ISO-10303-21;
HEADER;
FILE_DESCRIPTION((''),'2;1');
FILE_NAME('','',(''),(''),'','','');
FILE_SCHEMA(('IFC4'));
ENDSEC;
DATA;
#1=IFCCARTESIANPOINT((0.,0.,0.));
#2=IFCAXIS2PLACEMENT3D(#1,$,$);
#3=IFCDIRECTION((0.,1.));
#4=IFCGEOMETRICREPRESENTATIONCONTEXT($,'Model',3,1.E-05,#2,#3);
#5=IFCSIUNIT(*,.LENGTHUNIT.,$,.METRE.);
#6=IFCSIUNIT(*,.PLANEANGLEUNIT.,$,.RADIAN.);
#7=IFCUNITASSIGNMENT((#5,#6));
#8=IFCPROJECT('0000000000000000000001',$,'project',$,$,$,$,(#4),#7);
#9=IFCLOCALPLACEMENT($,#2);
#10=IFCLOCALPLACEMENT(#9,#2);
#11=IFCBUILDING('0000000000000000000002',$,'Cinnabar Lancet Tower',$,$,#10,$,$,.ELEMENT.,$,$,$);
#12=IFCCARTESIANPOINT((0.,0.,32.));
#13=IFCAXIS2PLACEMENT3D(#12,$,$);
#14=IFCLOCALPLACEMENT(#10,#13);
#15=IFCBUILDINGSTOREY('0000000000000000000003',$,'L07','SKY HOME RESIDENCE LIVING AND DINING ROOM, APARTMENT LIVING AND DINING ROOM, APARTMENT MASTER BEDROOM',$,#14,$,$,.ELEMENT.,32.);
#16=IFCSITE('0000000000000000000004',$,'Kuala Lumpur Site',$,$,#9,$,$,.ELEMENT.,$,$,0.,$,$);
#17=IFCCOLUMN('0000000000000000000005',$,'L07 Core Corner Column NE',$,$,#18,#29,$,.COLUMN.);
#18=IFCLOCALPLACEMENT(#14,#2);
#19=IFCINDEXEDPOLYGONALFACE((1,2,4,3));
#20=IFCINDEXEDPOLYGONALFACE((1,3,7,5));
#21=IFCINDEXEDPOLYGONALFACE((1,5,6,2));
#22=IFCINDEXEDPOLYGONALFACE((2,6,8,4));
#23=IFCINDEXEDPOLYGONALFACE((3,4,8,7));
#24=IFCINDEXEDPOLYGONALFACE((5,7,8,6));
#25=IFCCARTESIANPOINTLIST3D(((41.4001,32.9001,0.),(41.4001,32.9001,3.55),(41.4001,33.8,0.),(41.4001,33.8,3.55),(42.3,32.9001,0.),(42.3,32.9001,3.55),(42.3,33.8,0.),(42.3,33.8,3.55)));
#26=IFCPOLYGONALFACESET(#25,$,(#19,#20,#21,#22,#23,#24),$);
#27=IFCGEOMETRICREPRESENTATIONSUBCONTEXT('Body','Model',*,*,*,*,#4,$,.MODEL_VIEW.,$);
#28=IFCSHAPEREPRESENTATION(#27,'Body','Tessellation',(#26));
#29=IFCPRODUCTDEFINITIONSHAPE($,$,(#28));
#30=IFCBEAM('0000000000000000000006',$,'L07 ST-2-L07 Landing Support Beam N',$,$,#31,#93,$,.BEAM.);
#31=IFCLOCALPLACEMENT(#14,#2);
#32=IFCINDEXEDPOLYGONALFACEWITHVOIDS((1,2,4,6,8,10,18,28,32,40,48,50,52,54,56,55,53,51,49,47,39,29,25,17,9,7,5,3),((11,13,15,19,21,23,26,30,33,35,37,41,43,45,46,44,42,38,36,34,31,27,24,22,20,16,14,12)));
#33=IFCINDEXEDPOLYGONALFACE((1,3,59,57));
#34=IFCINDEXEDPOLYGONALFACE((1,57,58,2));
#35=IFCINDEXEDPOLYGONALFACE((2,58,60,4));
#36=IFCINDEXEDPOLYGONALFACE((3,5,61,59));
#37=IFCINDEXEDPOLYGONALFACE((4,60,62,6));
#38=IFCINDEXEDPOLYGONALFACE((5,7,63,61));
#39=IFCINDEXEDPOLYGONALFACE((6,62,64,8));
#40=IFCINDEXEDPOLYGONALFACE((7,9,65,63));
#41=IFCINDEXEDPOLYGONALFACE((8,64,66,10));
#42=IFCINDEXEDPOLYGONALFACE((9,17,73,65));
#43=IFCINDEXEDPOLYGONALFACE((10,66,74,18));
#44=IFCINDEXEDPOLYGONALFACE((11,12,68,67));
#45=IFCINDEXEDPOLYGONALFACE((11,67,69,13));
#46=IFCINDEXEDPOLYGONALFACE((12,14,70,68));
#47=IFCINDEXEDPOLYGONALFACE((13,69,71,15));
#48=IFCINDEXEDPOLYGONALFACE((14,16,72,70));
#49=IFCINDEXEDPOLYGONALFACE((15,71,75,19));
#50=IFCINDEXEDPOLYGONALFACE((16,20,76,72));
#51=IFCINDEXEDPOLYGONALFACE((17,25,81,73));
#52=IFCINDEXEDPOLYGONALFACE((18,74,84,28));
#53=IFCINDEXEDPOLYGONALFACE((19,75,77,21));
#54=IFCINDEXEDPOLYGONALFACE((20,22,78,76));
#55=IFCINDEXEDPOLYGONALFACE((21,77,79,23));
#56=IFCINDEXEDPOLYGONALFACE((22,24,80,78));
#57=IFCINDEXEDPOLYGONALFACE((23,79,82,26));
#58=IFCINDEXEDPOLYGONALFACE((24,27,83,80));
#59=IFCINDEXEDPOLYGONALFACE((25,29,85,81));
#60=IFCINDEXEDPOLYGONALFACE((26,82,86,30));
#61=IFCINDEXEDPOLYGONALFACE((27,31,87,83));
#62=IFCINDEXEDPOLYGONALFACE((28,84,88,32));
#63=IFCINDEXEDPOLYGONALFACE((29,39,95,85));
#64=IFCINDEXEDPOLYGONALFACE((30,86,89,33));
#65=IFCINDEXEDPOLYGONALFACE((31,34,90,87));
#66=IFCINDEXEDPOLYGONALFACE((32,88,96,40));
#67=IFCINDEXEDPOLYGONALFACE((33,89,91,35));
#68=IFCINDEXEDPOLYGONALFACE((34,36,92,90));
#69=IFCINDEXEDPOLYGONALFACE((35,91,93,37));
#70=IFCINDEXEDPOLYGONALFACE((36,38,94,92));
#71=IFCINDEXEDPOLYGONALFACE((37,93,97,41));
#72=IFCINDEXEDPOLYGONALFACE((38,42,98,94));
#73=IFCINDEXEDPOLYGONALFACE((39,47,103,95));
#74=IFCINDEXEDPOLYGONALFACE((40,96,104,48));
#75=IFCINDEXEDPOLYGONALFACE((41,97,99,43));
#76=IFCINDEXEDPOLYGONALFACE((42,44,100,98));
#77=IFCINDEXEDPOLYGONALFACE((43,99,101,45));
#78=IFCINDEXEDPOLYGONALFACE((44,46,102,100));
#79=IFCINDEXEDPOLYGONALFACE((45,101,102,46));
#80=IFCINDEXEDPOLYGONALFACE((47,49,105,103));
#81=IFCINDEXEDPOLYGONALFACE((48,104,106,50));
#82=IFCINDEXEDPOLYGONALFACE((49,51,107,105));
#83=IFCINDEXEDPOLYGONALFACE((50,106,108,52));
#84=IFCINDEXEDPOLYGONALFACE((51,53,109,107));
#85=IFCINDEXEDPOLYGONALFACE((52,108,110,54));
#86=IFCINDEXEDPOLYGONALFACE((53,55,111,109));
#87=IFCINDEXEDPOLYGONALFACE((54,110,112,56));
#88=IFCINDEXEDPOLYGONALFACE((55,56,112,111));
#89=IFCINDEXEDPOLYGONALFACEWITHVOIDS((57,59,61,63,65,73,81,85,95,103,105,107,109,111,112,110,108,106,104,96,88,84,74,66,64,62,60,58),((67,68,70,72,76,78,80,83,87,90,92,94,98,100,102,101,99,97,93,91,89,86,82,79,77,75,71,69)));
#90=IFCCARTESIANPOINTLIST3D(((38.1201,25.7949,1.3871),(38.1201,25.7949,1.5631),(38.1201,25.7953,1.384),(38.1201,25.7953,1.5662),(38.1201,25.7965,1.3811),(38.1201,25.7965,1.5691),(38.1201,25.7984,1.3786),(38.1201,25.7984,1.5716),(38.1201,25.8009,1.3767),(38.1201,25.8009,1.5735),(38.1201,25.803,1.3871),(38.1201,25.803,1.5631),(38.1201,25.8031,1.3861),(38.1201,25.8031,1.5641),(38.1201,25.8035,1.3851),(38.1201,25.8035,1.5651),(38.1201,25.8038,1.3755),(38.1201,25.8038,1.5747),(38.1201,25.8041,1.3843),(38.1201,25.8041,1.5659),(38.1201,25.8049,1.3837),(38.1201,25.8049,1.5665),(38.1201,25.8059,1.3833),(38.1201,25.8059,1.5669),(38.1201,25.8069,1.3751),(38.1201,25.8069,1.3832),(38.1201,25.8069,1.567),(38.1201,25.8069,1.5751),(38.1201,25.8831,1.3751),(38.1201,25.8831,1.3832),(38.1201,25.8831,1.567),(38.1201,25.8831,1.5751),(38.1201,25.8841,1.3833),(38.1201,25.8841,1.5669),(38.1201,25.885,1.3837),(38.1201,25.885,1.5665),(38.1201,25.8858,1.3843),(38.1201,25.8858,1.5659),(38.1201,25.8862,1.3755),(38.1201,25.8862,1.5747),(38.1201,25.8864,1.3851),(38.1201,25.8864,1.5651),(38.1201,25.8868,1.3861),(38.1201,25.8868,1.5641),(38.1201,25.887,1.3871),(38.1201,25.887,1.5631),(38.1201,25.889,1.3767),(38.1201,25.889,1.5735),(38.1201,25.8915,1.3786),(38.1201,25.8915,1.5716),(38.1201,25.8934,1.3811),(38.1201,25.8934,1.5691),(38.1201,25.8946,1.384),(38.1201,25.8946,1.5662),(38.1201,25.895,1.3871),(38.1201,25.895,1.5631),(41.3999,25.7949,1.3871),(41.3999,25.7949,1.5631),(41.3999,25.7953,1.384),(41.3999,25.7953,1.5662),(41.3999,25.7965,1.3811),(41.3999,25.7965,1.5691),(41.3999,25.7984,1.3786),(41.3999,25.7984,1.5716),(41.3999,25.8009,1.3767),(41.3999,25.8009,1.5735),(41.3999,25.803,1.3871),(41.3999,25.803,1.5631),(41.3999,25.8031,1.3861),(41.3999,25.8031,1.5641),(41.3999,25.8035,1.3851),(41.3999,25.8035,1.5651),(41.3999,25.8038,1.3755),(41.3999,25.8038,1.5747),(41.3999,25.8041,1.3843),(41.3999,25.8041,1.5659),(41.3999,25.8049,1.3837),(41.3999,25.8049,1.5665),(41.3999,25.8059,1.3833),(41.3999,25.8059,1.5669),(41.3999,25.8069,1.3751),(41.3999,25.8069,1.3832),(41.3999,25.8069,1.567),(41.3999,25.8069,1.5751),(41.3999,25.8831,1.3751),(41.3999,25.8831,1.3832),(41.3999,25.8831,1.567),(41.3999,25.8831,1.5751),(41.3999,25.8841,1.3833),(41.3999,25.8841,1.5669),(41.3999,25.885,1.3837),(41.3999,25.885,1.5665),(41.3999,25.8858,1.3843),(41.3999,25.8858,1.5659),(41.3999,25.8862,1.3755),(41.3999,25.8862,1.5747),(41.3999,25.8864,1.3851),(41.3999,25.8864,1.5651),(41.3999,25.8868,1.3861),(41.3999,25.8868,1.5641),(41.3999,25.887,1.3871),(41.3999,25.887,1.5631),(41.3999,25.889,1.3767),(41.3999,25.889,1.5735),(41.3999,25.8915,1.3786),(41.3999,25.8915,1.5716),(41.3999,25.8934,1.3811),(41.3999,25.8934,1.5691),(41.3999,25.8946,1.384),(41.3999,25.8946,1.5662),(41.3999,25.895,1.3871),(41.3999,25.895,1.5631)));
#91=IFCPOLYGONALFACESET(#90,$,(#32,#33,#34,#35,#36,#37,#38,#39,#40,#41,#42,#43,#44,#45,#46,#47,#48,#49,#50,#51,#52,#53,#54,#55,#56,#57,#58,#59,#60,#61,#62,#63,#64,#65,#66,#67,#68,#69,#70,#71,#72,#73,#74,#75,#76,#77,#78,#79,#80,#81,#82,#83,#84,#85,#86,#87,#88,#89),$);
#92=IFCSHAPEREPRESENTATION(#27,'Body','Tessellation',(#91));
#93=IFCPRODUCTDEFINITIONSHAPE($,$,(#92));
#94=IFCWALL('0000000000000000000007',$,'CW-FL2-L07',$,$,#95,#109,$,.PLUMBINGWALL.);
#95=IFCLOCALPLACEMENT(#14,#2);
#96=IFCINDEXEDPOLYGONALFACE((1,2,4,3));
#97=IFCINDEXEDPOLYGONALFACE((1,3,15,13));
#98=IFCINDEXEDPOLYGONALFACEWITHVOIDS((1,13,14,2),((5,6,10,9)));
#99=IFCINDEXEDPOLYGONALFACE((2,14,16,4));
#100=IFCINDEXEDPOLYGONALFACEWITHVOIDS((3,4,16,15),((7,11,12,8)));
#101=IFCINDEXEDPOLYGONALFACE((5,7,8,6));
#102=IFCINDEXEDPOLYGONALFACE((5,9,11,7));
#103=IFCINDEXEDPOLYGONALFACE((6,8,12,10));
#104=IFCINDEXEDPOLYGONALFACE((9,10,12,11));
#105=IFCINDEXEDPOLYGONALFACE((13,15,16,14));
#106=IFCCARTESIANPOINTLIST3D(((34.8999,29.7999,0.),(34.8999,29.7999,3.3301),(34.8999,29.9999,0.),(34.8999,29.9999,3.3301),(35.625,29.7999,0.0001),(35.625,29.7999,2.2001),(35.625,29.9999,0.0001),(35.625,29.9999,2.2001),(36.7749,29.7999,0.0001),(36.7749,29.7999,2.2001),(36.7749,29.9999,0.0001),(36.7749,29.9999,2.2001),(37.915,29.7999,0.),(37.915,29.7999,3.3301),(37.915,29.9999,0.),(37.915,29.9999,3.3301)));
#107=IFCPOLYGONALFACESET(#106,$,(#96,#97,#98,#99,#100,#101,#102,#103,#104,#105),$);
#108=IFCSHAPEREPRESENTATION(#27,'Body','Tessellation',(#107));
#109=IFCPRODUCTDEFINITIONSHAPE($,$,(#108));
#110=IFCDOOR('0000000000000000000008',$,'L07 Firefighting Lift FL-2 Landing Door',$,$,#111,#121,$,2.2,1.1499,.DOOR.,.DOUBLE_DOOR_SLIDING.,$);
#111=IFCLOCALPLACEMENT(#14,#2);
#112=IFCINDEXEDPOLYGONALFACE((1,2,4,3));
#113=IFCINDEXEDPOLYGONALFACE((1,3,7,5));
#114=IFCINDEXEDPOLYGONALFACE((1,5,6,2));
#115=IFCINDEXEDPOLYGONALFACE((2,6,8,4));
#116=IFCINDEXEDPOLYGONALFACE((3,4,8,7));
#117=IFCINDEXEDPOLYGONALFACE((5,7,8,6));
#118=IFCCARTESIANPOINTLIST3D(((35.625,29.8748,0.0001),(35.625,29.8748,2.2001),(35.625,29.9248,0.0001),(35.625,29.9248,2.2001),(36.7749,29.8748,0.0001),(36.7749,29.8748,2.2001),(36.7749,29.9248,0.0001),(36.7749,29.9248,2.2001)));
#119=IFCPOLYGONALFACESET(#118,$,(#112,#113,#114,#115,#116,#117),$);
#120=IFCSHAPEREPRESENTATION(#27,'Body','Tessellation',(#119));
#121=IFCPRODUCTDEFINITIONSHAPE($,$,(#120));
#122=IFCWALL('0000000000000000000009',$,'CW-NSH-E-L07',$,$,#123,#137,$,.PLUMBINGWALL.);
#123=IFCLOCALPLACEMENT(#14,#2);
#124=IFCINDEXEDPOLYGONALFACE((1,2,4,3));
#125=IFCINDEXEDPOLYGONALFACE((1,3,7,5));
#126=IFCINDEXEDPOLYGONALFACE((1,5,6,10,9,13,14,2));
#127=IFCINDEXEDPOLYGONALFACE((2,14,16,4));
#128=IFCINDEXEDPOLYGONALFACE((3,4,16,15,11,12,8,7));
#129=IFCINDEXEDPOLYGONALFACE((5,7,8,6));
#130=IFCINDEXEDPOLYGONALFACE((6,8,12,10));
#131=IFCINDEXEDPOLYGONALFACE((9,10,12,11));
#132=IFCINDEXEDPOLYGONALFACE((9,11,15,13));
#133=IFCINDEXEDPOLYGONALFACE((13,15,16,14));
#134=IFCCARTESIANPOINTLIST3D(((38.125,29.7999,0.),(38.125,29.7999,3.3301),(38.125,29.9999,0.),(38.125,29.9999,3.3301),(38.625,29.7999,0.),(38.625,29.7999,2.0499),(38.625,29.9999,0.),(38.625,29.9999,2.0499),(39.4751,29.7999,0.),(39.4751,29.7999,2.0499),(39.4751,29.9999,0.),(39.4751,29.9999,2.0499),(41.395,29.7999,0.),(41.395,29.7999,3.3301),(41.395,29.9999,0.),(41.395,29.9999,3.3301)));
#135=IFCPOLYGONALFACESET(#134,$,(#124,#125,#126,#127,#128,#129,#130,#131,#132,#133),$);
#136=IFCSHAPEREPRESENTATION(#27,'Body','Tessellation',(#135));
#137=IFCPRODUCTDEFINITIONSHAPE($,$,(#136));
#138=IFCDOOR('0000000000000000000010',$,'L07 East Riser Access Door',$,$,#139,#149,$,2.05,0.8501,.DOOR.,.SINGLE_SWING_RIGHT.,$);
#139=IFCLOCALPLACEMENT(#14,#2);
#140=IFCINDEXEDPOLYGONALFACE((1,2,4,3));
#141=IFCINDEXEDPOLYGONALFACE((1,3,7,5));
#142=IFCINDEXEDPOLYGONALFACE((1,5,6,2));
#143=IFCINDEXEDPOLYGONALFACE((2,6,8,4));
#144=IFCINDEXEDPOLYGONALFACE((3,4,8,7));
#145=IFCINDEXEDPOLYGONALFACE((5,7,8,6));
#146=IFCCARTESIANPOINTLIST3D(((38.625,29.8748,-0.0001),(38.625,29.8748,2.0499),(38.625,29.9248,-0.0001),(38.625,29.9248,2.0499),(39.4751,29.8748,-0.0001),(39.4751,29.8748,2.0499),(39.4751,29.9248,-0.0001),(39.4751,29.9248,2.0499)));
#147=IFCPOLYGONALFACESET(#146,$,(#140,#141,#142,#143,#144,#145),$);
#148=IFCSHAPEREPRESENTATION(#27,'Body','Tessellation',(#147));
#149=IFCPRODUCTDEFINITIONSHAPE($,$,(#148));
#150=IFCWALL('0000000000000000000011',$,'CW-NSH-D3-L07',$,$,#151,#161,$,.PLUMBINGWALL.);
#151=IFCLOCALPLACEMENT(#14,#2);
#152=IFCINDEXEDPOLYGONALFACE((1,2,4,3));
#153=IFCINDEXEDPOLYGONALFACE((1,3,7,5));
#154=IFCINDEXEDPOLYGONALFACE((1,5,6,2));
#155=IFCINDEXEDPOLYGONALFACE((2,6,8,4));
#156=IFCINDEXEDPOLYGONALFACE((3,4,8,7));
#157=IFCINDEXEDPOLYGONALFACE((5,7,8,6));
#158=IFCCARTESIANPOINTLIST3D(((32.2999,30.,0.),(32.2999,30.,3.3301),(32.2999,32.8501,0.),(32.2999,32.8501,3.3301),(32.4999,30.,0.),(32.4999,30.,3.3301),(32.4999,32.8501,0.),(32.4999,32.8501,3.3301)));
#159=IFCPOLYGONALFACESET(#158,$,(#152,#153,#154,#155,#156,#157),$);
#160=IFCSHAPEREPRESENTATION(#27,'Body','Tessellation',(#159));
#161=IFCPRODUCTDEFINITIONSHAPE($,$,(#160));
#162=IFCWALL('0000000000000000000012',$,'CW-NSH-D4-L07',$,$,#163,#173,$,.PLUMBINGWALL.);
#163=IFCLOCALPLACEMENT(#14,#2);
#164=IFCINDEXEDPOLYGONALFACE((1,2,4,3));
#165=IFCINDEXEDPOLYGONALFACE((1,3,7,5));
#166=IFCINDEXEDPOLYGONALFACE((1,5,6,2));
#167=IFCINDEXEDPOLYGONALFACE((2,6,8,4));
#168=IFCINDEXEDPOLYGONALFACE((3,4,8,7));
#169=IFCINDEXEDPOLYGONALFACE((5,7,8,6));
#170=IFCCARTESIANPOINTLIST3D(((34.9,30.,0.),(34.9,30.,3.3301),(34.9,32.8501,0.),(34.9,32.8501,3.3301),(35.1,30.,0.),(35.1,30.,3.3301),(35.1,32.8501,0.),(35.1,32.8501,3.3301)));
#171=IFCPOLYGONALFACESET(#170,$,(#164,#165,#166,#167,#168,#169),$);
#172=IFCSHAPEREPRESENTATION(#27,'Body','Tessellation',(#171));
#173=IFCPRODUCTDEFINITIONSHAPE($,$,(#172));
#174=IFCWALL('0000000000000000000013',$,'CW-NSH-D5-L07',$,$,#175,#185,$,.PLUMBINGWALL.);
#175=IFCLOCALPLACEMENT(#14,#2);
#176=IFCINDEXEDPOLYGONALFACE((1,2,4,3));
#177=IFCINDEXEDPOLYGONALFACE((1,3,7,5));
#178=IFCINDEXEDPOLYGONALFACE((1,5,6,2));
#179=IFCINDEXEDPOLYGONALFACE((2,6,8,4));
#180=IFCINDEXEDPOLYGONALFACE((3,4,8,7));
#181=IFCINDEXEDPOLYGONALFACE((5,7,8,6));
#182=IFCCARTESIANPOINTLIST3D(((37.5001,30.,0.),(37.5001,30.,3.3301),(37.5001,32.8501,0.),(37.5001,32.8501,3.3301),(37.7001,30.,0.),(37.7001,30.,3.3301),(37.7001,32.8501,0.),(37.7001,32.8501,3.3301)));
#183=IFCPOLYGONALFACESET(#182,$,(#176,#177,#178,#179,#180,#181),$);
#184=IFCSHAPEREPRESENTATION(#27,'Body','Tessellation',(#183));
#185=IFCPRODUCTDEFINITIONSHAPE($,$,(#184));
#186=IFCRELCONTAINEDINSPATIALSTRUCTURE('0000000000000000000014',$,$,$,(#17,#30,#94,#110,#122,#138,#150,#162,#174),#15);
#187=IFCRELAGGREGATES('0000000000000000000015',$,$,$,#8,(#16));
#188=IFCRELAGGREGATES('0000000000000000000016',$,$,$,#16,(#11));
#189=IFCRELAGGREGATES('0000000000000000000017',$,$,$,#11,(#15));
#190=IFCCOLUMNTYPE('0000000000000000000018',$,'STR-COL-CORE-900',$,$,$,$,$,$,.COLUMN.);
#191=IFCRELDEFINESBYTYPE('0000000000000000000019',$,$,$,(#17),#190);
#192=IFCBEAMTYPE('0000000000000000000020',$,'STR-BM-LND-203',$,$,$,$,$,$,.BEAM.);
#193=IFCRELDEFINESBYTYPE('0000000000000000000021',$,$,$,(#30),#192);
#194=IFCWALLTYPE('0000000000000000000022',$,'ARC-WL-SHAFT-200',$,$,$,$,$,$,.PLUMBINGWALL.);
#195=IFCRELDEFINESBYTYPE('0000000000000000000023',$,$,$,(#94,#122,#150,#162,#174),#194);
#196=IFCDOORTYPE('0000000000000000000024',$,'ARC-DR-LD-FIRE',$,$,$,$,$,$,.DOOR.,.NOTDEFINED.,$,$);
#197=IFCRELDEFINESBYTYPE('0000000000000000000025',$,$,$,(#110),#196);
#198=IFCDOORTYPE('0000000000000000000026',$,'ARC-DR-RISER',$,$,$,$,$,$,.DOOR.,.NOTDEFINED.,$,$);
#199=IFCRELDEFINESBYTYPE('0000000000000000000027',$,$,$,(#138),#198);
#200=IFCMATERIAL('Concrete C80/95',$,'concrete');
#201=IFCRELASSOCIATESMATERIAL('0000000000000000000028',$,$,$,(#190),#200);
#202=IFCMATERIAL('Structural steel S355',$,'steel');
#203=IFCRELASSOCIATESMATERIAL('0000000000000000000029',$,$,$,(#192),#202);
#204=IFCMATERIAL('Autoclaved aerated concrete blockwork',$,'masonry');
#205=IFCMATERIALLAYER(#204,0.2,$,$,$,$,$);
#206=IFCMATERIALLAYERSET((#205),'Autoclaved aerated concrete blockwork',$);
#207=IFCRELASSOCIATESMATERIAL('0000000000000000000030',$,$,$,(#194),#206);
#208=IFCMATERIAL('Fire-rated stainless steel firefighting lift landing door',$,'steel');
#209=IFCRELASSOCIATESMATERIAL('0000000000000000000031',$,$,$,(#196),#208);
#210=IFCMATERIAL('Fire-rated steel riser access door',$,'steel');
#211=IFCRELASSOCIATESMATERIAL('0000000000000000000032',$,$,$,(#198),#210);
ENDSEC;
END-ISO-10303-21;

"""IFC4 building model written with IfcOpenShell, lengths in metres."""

from ifc_helpers import new_model, si_unit, direction, frame, frame_2d, origin, origin_2d, place, context, subcontext, project, spatial, rectangle, hollow_rectangle, extrude, material, layer, layer_set, material_profile, profile_set, type_object, element, fill, save


model = new_model("IFC4")

# Units and contexts
model_context = context("Model", 3, precision=1e-05, world=origin(), true_north=direction((0.0, 1.0)))
body_context = subcontext(model_context, "Body", "Model", "MODEL_VIEW")
ifc_project = project(units=[si_unit("LENGTHUNIT", "METRE"), si_unit("PLANEANGLEUNIT", "RADIAN")], contexts=[model_context])

# Site, building, storey
site_placement = place(None, origin())
site = spatial("IfcSite", under=ifc_project, at=site_placement, Name="Kuala Lumpur Site", CompositionType="ELEMENT", RefElevation=0.0)
building_placement = place(site_placement, origin())
building = spatial("IfcBuilding", under=site, at=building_placement, Name="Cinnabar Lancet Tower", CompositionType="ELEMENT")
storey_placement = place(building_placement, frame((0.0, 0.0, 32.0)))
storey = spatial("IfcBuildingStorey", under=building, at=storey_placement, Name="L07", Description="SKY HOME RESIDENCE LIVING AND DINING ROOM, APARTMENT LIVING AND DINING ROOM, APARTMENT MASTER BEDROOM", CompositionType="ELEMENT", Elevation=32.0)

# Column
ifc_material_1 = material(Name="Concrete C80/95", Category="concrete")
ifc_material_profile_1 = material_profile(ifc_material_1, rectangle(XDim=0.8999, YDim=0.8999, at=origin_2d()), Name="RC-COL 900x900")
ifc_profile_set_1 = profile_set([ifc_material_profile_1], Name="Concrete C80/95")
column_type = type_object("IfcColumnType", Name="STR-COL-CORE-900", PredefinedType="COLUMN", material=ifc_profile_set_1)
column_placement = place(storey_placement, frame((41.8501, 33.3501, 0.0), z_axis=(0.0, 0.0, 1.0), x_axis=(1.0, 0.0, 0.0)))
element("IfcColumn", 1, at=column_placement, inside=storey, type_object=column_type, Name="L07 Core Corner Column NE", PredefinedType="COLUMN", context=body_context, shape_type="SweptSolid", body=[
    extrude(rectangle(XDim=0.8999, YDim=0.8999, at=origin_2d()), origin(), (0.0, 0.0, 1.0), 3.55),
])

# Beam
ifc_material_2 = material(Name="Structural steel S355", Category="steel")
ifc_material_profile_2 = material_profile(ifc_material_2, hollow_rectangle(XDim=0.1001, YDim=0.2, WallThickness=0.0081, InnerFilletRadius=0.0039, OuterFilletRadius=0.012, at=origin_2d()), Name="RHS 200x100x8")
ifc_profile_set_2 = profile_set([ifc_material_profile_2], Name="Structural steel S355")
beam_type = type_object("IfcBeamType", Name="STR-BM-LND-203", PredefinedType="BEAM", material=ifc_profile_set_2)
beam_placement = place(storey_placement, frame((38.1201, 25.845, 1.4751), z_axis=(1.0, 0.0, 0.0), x_axis=(0.0, 1.0, 0.0)))
element("IfcBeam", 2, at=beam_placement, inside=storey, type_object=beam_type, Name="L07 ST-2-L07 Landing Support Beam N", PredefinedType="BEAM", context=body_context, shape_type="SweptSolid", body=[
    extrude(hollow_rectangle(XDim=0.1001, YDim=0.2, WallThickness=0.0081, InnerFilletRadius=0.0039, OuterFilletRadius=0.012, at=origin_2d()), origin(), (0.0, 0.0, 1.0), 3.2798),
])

# Walls, openings, doors
ifc_material_3 = material(Name="Autoclaved aerated concrete blockwork", Category="masonry")
ifc_layer = layer(ifc_material_3, 0.2)
ifc_layer_set = layer_set([ifc_layer], Name="Autoclaved aerated concrete blockwork")
wall_type = type_object("IfcWallType", Name="ARC-WL-SHAFT-200", PredefinedType="PLUMBINGWALL", material=ifc_layer_set)
wall_1_placement = place(storey_placement, frame((34.8999, 29.8999, 0.0), z_axis=(0.0, 0.0, 1.0), x_axis=(1.0, 0.0, 0.0)))
wall_1 = element("IfcWall", 3, at=wall_1_placement, inside=storey, type_object=wall_type, Name="CW-FL2-L07", PredefinedType="PLUMBINGWALL", context=body_context, shape_type="SweptSolid", body=[
    extrude(rectangle(XDim=3.0151, YDim=0.2, at=frame_2d((1.5076, 0.0))), origin(), (0.0, 0.0, 1.0), 3.3301),
])
opening_1_placement = place(wall_1_placement, frame((0.7251, 0.0, 0.0)))
opening_1 = element("IfcOpeningElement", 4, at=opening_1_placement, cuts=wall_1, PredefinedType="OPENING", context=body_context, shape_type="SweptSolid", body=[
    extrude(rectangle(XDim=1.1499, YDim=2.2, at=frame_2d((0.575, 1.1001))), frame((0.0, 0.1099, 0.0), z_axis=(0.0, -1.0, 0.0), x_axis=(1.0, 0.0, 0.0)), (0.0, 0.0, 1.0), 0.22),
])
ifc_material_4 = material(Name="Fire-rated stainless steel firefighting lift landing door", Category="steel")
door_type_1 = type_object("IfcDoorType", Name="ARC-DR-LD-FIRE", OperationType="NOTDEFINED", PredefinedType="DOOR", material=ifc_material_4)
door_1_placement = place(opening_1_placement, origin())
door_1 = element("IfcDoor", 5, at=door_1_placement, inside=storey, type_object=door_type_1, Name="L07 Firefighting Lift FL-2 Landing Door", OperationType="DOUBLE_DOOR_SLIDING", OverallHeight=2.2, OverallWidth=1.1499, PredefinedType="DOOR", context=body_context, shape_type="SweptSolid", body=[
    extrude(rectangle(XDim=1.1499, YDim=2.2, at=frame_2d((0.575, 1.1001))), frame((0.0, 0.0249, 0.0), z_axis=(0.0, -1.0, 0.0), x_axis=(1.0, 0.0, 0.0)), (0.0, 0.0, 1.0), 0.05),
])
fill(opening_1, door_1)
wall_2_placement = place(storey_placement, frame((38.125, 29.8999, 0.0), z_axis=(0.0, 0.0, 1.0), x_axis=(1.0, 0.0, 0.0)))
wall_2 = element("IfcWall", 6, at=wall_2_placement, inside=storey, type_object=wall_type, Name="CW-NSH-E-L07", PredefinedType="PLUMBINGWALL", context=body_context, shape_type="SweptSolid", body=[
    extrude(rectangle(XDim=3.27, YDim=0.2, at=frame_2d((1.635, 0.0))), origin(), (0.0, 0.0, 1.0), 3.3301),
])
opening_2_placement = place(wall_2_placement, frame((0.5, 0.0, 0.0)))
opening_2 = element("IfcOpeningElement", 7, at=opening_2_placement, cuts=wall_2, PredefinedType="OPENING", context=body_context, shape_type="SweptSolid", body=[
    extrude(rectangle(XDim=0.8501, YDim=2.05, at=frame_2d((0.425, 1.0249))), frame((0.0, 0.1099, 0.0), z_axis=(0.0, -1.0, 0.0), x_axis=(1.0, 0.0, 0.0)), (0.0, 0.0, 1.0), 0.22),
])
ifc_material_5 = material(Name="Fire-rated steel riser access door", Category="steel")
door_type_2 = type_object("IfcDoorType", Name="ARC-DR-RISER", OperationType="NOTDEFINED", PredefinedType="DOOR", material=ifc_material_5)
door_2_placement = place(opening_2_placement, origin())
door_2 = element("IfcDoor", 8, at=door_2_placement, inside=storey, type_object=door_type_2, Name="L07 East Riser Access Door", OperationType="SINGLE_SWING_RIGHT", OverallHeight=2.05, OverallWidth=0.8501, PredefinedType="DOOR", context=body_context, shape_type="SweptSolid", body=[
    extrude(rectangle(XDim=0.8501, YDim=2.05, at=frame_2d((0.425, 1.0249))), frame((0.0, 0.0249, 0.0), z_axis=(0.0, -1.0, 0.0), x_axis=(1.0, 0.0, 0.0)), (0.0, 0.0, 1.0), 0.05),
])
fill(opening_2, door_2)

# Walls
for number, where, z_axis, x_axis, name in (
    (9, (32.3999, 30.0, 0.0), (0.0, 0.0, 1.0), (0.0, 1.0, 0.0), "CW-NSH-D3-L07"),
    (10, (35.0, 30.0, 0.0), (0.0, 0.0, 1.0), (0.0, 1.0, 0.0), "CW-NSH-D4-L07"),
    (11, (37.6001, 30.0, 0.0), (0.0, 0.0, 1.0), (0.0, 1.0, 0.0), "CW-NSH-D5-L07"),
):
    element("IfcWall", number, at=place(storey_placement, frame(where, z_axis=z_axis, x_axis=x_axis)), inside=storey, type_object=wall_type, Name=name, PredefinedType="PLUMBINGWALL", context=body_context, shape_type="SweptSolid", body=[
        extrude(rectangle(XDim=2.8501, YDim=0.2, at=frame_2d((1.425, 0.0))), origin(), (0.0, 0.0, 1.0), 3.3301),
    ])

save(model, "model.ifc")
